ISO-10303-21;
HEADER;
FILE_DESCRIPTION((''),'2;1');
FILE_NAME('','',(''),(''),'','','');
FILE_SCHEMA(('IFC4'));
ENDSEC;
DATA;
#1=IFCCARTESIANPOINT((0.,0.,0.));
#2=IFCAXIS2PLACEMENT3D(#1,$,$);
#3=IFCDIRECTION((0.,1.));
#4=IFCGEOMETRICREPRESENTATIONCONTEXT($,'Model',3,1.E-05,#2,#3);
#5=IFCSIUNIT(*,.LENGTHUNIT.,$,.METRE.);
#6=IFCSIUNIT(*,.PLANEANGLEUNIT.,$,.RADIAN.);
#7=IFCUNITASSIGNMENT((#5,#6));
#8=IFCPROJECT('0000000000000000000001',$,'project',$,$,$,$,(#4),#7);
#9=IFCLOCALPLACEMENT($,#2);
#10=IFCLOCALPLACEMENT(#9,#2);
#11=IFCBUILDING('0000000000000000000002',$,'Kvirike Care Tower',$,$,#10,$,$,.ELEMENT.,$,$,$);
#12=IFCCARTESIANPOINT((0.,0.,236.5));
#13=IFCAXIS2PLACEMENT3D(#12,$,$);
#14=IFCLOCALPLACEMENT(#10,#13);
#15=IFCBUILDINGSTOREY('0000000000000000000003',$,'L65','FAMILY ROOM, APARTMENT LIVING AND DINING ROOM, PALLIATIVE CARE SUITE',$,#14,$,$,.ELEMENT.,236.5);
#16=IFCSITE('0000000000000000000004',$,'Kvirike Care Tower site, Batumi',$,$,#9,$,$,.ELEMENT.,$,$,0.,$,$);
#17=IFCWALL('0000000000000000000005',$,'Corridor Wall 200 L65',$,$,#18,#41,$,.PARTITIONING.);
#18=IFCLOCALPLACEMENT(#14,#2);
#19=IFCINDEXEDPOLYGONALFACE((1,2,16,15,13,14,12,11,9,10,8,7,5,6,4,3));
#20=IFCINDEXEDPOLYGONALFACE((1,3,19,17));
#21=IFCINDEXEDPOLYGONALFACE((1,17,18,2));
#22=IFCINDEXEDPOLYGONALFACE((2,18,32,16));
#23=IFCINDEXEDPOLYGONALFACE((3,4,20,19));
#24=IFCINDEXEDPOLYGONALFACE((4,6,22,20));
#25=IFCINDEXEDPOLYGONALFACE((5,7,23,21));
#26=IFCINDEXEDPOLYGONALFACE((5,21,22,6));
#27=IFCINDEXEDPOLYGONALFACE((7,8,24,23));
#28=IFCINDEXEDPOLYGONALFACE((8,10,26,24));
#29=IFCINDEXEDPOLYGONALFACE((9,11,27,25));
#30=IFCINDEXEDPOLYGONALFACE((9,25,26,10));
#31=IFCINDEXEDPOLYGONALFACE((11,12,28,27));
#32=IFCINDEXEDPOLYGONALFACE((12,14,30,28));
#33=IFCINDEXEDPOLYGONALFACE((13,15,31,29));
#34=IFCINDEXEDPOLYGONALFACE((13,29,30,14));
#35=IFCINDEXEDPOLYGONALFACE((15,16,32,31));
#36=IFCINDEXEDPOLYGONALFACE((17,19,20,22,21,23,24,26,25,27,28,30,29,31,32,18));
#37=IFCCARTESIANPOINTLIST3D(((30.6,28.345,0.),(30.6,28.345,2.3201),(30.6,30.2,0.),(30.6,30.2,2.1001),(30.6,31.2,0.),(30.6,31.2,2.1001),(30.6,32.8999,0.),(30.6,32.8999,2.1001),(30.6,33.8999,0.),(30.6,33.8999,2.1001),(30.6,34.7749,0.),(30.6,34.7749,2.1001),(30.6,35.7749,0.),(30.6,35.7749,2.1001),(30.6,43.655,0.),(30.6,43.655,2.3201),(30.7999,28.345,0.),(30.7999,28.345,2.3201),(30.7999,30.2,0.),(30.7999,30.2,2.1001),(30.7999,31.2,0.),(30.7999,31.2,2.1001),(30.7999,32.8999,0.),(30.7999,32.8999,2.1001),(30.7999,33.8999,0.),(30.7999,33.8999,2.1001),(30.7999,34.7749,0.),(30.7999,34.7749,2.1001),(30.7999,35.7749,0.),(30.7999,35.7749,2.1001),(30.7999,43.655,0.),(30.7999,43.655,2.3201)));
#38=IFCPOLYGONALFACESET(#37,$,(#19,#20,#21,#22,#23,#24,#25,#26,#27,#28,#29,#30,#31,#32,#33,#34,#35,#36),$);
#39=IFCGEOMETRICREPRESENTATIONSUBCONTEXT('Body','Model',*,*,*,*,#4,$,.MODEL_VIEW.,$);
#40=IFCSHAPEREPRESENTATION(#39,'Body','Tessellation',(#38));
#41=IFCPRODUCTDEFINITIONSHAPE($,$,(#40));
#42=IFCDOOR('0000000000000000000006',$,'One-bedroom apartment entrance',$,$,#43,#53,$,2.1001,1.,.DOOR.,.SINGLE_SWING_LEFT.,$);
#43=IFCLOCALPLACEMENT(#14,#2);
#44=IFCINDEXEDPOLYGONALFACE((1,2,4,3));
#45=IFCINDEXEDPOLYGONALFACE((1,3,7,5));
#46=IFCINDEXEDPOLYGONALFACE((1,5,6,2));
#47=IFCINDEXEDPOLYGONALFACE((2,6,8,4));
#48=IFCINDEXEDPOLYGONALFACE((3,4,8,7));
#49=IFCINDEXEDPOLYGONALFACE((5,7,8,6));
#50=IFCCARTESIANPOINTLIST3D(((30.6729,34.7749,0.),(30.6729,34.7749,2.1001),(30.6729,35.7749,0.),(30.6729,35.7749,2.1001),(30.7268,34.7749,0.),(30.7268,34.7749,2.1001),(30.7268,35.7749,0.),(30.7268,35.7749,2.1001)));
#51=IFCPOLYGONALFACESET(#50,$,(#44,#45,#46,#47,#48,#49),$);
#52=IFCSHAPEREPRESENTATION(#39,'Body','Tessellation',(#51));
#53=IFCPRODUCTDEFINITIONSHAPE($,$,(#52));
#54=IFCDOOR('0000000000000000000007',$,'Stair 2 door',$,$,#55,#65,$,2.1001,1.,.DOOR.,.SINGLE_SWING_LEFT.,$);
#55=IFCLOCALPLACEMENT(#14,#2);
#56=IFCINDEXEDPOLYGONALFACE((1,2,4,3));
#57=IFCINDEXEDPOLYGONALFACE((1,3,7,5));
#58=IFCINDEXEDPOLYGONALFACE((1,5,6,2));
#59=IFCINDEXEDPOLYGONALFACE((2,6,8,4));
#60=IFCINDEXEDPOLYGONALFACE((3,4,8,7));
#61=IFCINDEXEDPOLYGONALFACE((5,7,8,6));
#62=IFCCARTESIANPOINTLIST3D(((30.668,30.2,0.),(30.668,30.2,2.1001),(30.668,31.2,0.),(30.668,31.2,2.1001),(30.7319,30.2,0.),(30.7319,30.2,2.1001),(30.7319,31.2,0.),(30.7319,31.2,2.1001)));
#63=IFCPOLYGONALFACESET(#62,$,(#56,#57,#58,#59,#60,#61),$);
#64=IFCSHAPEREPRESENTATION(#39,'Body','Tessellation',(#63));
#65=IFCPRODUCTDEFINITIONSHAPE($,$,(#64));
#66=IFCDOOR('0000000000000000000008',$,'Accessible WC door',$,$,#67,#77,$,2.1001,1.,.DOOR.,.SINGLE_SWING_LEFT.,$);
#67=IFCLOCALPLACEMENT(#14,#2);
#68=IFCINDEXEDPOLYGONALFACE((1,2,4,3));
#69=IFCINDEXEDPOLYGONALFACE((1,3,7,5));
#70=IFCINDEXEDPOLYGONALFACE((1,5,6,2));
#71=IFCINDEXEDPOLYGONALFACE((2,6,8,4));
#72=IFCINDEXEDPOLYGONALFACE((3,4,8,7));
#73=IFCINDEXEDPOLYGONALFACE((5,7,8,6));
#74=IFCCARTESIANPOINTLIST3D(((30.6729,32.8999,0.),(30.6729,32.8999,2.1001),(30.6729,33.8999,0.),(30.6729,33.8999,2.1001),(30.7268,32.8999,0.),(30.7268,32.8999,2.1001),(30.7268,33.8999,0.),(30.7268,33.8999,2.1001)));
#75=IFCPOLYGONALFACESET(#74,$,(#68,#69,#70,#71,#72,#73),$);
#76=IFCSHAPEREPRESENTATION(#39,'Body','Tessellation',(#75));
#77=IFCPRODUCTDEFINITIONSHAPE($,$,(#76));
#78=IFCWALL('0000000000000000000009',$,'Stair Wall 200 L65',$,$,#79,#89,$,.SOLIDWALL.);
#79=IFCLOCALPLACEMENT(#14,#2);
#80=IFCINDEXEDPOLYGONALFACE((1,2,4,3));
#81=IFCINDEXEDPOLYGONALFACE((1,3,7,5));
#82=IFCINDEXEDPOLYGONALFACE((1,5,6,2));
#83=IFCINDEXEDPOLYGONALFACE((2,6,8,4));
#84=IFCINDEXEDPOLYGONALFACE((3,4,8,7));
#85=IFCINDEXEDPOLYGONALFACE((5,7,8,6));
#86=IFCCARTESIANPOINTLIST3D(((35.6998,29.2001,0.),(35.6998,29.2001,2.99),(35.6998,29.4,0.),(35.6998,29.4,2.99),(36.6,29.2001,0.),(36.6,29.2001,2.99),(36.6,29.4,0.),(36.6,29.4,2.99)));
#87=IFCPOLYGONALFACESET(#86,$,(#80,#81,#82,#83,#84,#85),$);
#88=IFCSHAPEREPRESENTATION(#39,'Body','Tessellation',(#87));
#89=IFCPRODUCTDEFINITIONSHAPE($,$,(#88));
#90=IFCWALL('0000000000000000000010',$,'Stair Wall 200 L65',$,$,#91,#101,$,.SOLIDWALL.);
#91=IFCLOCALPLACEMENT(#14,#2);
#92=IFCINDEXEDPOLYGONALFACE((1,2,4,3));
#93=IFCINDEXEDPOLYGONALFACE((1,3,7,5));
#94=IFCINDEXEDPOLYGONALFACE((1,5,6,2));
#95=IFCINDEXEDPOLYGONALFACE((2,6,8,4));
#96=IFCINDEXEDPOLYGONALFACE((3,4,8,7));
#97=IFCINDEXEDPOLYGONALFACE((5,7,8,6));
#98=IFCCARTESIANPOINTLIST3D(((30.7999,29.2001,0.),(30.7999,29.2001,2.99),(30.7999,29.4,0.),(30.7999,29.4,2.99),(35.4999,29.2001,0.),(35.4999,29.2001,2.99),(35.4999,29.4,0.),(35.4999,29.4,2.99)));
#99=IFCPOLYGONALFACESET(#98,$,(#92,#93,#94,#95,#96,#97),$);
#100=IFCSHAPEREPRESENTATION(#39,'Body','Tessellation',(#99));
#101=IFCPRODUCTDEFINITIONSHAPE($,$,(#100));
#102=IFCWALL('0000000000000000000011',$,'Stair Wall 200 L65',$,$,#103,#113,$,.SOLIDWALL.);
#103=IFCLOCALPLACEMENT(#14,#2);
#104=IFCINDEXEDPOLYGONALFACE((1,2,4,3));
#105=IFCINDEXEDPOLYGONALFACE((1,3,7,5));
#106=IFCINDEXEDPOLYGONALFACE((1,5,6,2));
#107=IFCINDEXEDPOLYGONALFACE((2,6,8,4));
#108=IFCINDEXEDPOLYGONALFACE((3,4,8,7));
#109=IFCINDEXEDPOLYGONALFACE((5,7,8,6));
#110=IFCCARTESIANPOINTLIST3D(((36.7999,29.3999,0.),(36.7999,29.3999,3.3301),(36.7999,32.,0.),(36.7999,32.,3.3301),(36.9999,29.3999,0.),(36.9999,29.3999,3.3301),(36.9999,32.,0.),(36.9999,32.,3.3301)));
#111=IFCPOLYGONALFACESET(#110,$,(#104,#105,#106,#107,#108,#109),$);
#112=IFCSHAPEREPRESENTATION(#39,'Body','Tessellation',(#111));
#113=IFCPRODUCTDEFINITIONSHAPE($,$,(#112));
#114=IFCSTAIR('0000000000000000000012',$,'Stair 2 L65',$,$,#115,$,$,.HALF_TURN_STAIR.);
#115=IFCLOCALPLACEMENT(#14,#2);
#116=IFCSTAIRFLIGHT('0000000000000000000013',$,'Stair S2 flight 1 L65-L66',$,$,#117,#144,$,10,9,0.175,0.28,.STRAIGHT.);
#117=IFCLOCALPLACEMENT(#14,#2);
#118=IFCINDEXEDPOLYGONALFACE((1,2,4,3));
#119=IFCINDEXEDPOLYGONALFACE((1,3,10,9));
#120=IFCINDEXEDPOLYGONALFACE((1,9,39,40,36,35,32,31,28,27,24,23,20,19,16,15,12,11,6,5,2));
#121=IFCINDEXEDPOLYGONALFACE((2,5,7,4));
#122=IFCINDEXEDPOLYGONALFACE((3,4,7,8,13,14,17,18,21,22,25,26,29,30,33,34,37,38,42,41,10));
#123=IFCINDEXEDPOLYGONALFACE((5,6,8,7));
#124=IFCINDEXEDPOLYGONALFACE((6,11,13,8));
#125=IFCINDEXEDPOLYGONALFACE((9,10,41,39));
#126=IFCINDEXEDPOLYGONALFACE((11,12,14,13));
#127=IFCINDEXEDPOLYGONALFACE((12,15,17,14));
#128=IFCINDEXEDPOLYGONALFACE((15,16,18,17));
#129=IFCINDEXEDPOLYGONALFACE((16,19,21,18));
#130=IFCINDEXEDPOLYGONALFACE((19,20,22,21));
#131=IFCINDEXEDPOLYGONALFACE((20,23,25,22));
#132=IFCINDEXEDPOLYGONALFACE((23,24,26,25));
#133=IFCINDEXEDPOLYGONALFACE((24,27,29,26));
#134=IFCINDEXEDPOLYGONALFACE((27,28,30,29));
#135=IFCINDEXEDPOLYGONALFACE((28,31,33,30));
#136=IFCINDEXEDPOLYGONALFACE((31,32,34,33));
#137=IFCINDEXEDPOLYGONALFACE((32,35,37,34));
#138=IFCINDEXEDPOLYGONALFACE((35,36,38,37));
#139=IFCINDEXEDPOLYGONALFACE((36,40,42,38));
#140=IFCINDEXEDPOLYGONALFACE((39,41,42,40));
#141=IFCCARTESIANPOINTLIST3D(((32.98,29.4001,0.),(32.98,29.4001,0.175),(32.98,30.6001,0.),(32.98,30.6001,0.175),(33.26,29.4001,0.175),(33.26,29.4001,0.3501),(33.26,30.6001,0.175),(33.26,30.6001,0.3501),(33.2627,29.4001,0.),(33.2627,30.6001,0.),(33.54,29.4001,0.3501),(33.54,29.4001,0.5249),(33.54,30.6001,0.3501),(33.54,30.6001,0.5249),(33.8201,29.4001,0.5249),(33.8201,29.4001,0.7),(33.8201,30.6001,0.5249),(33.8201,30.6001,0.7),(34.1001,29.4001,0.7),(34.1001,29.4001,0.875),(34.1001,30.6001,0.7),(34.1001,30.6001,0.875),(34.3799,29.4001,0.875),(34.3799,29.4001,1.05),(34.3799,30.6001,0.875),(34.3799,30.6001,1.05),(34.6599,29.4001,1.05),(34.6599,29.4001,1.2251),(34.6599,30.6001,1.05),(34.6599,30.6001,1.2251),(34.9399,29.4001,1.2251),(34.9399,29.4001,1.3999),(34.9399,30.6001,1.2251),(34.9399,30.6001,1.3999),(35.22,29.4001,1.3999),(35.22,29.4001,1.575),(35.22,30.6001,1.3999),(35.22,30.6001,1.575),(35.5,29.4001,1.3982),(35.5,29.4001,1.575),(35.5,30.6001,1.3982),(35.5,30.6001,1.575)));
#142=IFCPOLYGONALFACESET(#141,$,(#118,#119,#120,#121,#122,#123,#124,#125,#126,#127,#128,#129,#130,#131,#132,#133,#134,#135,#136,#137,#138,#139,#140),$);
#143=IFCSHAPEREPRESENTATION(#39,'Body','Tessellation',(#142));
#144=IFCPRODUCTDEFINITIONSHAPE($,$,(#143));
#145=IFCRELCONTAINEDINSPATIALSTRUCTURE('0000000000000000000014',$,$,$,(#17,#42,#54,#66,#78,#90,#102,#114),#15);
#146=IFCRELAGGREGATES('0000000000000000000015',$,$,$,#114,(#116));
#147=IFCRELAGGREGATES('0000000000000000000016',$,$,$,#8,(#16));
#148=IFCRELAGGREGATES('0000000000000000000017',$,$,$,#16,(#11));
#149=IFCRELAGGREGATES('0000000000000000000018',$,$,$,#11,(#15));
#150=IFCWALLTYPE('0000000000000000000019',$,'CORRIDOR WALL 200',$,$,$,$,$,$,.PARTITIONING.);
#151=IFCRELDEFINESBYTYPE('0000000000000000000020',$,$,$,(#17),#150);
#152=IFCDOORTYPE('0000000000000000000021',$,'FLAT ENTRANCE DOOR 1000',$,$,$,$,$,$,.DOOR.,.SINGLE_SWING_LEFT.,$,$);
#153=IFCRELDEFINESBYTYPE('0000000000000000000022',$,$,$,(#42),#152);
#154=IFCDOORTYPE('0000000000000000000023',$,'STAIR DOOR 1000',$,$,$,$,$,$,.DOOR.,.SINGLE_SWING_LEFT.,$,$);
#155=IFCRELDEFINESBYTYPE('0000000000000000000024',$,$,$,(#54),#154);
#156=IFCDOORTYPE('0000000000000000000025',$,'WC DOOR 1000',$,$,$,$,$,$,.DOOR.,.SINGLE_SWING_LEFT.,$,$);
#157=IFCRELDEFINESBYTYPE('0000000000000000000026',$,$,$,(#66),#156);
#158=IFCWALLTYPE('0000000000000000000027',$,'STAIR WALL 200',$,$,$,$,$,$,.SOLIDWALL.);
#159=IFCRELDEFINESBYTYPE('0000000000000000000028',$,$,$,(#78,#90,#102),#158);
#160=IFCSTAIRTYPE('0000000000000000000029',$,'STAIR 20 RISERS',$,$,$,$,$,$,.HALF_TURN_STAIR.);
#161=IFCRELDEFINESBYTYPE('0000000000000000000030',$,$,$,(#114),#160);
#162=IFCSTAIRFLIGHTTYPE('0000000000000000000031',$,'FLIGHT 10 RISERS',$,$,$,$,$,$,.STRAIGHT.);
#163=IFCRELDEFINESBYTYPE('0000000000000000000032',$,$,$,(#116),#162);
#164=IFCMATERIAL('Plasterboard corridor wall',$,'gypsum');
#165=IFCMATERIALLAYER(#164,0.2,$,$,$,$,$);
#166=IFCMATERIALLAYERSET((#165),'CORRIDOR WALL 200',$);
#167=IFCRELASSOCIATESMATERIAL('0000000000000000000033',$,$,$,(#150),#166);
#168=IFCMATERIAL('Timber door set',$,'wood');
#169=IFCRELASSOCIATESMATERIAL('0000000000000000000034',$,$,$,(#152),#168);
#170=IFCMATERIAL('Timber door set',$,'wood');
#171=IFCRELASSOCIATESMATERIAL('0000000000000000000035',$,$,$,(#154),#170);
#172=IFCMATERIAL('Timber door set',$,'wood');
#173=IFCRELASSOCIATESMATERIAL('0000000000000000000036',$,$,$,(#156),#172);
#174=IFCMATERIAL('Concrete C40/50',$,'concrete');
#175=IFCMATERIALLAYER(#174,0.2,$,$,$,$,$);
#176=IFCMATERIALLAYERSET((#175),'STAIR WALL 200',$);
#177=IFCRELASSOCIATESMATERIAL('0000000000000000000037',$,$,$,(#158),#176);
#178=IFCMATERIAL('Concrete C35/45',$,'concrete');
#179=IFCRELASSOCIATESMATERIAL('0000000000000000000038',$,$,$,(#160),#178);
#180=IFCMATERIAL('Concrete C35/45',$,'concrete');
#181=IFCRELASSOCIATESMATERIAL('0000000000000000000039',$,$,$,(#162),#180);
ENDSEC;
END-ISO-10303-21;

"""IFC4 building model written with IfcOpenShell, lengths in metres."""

from ifc_helpers import new_model, si_unit, direction, frame, frame_2d, origin, place, context, subcontext, project, spatial, polyline, rectangle, outline, extrude, material, layer, layer_set, type_object, element, fill, aggregate, save


model = new_model("IFC4")

# Units and contexts
model_context = context("Model", 3, precision=1e-05, world=origin(), true_north=direction((0.0, 1.0)))
body_context = subcontext(model_context, "Body", "Model", "MODEL_VIEW")
ifc_project = project(units=[si_unit("LENGTHUNIT", "METRE"), si_unit("PLANEANGLEUNIT", "RADIAN")], contexts=[model_context])

# Site, building, storey
site_placement = place(None, origin())
site = spatial("IfcSite", under=ifc_project, at=site_placement, Name="Kvirike Care Tower site, Batumi", CompositionType="ELEMENT", RefElevation=0.0)
building_placement = place(site_placement, origin())
building = spatial("IfcBuilding", under=site, at=building_placement, Name="Kvirike Care Tower", CompositionType="ELEMENT")
storey_placement = place(building_placement, frame((0.0, 0.0, 236.5)))
storey = spatial("IfcBuildingStorey", under=building, at=storey_placement, Name="L65", Description="FAMILY ROOM, APARTMENT LIVING AND DINING ROOM, PALLIATIVE CARE SUITE", CompositionType="ELEMENT", Elevation=236.5)

# Wall, openings, doors
ifc_material_1 = material(Name="Plasterboard corridor wall", Category="gypsum")
ifc_layer_1 = layer(ifc_material_1, 0.2)
ifc_layer_set_1 = layer_set([ifc_layer_1], Name="CORRIDOR WALL 200")
wall_type_1 = type_object("IfcWallType", Name="CORRIDOR WALL 200", PredefinedType="PARTITIONING", material=ifc_layer_set_1)
wall_1_placement = place(storey_placement, frame((30.7, 28.345, 0.0), z_axis=(0.0, 0.0, 1.0), x_axis=(0.0, 1.0, 0.0)))
wall_1 = element("IfcWall", 1, at=wall_1_placement, inside=storey, type_object=wall_type_1, Name="Corridor Wall 200 L65", PredefinedType="PARTITIONING", context=body_context, shape_type="SweptSolid", body=[
    extrude(rectangle(XDim=15.3101, YDim=0.2, at=frame_2d((7.655, 0.0))), origin(), (0.0, 0.0, 1.0), 2.3201),
])
opening_1_placement = place(wall_1_placement, frame((1.855, 0.0, 0.0)))
opening_1 = element("IfcOpeningElement", 2, at=opening_1_placement, cuts=wall_1, PredefinedType="OPENING", context=body_context, shape_type="SweptSolid", body=[
    extrude(rectangle(XDim=1.0, YDim=2.1001, at=frame_2d((0.5, 1.05))), frame((0.0, 0.1106, 0.0), z_axis=(0.0, -1.0, 0.0), x_axis=(1.0, 0.0, 0.0)), (0.0, 0.0, 1.0), 0.2209),
])
opening_2_placement = place(wall_1_placement, frame((4.5549, 0.0, 0.0)))
opening_2 = element("IfcOpeningElement", 3, at=opening_2_placement, cuts=wall_1, PredefinedType="OPENING", context=body_context, shape_type="SweptSolid", body=[
    extrude(rectangle(XDim=1.0, YDim=2.1001, at=frame_2d((0.5, 1.05))), frame((0.0, 0.1106, 0.0), z_axis=(0.0, -1.0, 0.0), x_axis=(1.0, 0.0, 0.0)), (0.0, 0.0, 1.0), 0.2209),
])
opening_3_placement = place(wall_1_placement, frame((6.4299, 0.0, 0.0)))
opening_3 = element("IfcOpeningElement", 4, at=opening_3_placement, cuts=wall_1, PredefinedType="OPENING", context=body_context, shape_type="SweptSolid", body=[
    extrude(rectangle(XDim=1.0, YDim=2.1001, at=frame_2d((0.5, 1.05))), frame((0.0, 0.1106, 0.0), z_axis=(0.0, -1.0, 0.0), x_axis=(1.0, 0.0, 0.0)), (0.0, 0.0, 1.0), 0.2209),
])
ifc_material_2 = material(Name="Timber door set", Category="wood")
door_type_1 = type_object("IfcDoorType", Name="FLAT ENTRANCE DOOR 1000", OperationType="SINGLE_SWING_LEFT", PredefinedType="DOOR", material=ifc_material_2)
door_1_placement = place(opening_3_placement, frame((1.0, 0.0, 0.0), z_axis=(0.0, 0.0, 1.0), x_axis=(-1.0, 0.0, 0.0)))
door_1 = element("IfcDoor", 5, at=door_1_placement, inside=storey, type_object=door_type_1, Name="One-bedroom apartment entrance", OperationType="SINGLE_SWING_LEFT", OverallHeight=2.1001, OverallWidth=1.0, PredefinedType="DOOR", context=body_context, shape_type="SweptSolid", body=[
    extrude(rectangle(XDim=1.0, YDim=2.1001, at=frame_2d((0.5, 1.05))), frame((0.0, 0.0269, 0.0), z_axis=(0.0, -1.0, 0.0), x_axis=(1.0, 0.0, 0.0)), (0.0, 0.0, 1.0), 0.054),
])
fill(opening_3, door_1)
ifc_material_3 = material(Name="Timber door set", Category="wood")
door_type_2 = type_object("IfcDoorType", Name="STAIR DOOR 1000", OperationType="SINGLE_SWING_LEFT", PredefinedType="DOOR", material=ifc_material_3)
door_2_placement = place(opening_1_placement, frame((1.0, 0.0, 0.0), z_axis=(0.0, 0.0, 1.0), x_axis=(-1.0, 0.0, 0.0)))
door_2 = element("IfcDoor", 6, at=door_2_placement, inside=storey, type_object=door_type_2, Name="Stair 2 door", OperationType="SINGLE_SWING_LEFT", OverallHeight=2.1001, OverallWidth=1.0, PredefinedType="DOOR", context=body_context, shape_type="SweptSolid", body=[
    extrude(rectangle(XDim=1.0, YDim=2.1001, at=frame_2d((0.5, 1.05))), frame((0.0, 0.032, 0.0), z_axis=(0.0, -1.0, 0.0), x_axis=(1.0, 0.0, 0.0)), (0.0, 0.0, 1.0), 0.064),
])
fill(opening_1, door_2)
ifc_material_4 = material(Name="Timber door set", Category="wood")
door_type_3 = type_object("IfcDoorType", Name="WC DOOR 1000", OperationType="SINGLE_SWING_LEFT", PredefinedType="DOOR", material=ifc_material_4)
door_3_placement = place(opening_2_placement, frame((1.0, 0.0, 0.0), z_axis=(0.0, 0.0, 1.0), x_axis=(-1.0, 0.0, 0.0)))
door_3 = element("IfcDoor", 7, at=door_3_placement, inside=storey, type_object=door_type_3, Name="Accessible WC door", OperationType="SINGLE_SWING_LEFT", OverallHeight=2.1001, OverallWidth=1.0, PredefinedType="DOOR", context=body_context, shape_type="SweptSolid", body=[
    extrude(rectangle(XDim=1.0, YDim=2.1001, at=frame_2d((0.5, 1.05))), frame((0.0, 0.0269, 0.0), z_axis=(0.0, -1.0, 0.0), x_axis=(1.0, 0.0, 0.0)), (0.0, 0.0, 1.0), 0.054),
])
fill(opening_2, door_3)

# Walls
ifc_material_5 = material(Name="Concrete C40/50", Category="concrete")
ifc_layer_2 = layer(ifc_material_5, 0.2)
ifc_layer_set_2 = layer_set([ifc_layer_2], Name="STAIR WALL 200")
wall_type_2 = type_object("IfcWallType", Name="STAIR WALL 200", PredefinedType="SOLIDWALL", material=ifc_layer_set_2)
wall_2_placement = place(storey_placement, frame((36.6001, 29.3, 0.0), z_axis=(0.0, 0.0, 1.0), x_axis=(-1.0, 0.0, 0.0)))
element("IfcWall", 8, at=wall_2_placement, inside=storey, type_object=wall_type_2, Name="Stair Wall 200 L65", PredefinedType="SOLIDWALL", context=body_context, shape_type="SweptSolid", body=[
    extrude(rectangle(XDim=0.9001, YDim=0.2, at=frame_2d((0.4502, 0.0))), origin(), (0.0, 0.0, 1.0), 2.99),
])
wall_3_placement = place(storey_placement, frame((35.5, 29.3, 0.0), z_axis=(0.0, 0.0, 1.0), x_axis=(-1.0, 0.0, 0.0)))
element("IfcWall", 9, at=wall_3_placement, inside=storey, type_object=wall_type_2, Name="Stair Wall 200 L65", PredefinedType="SOLIDWALL", context=body_context, shape_type="SweptSolid", body=[
    extrude(rectangle(XDim=4.7, YDim=0.2, at=frame_2d((2.3501, 0.0))), origin(), (0.0, 0.0, 1.0), 2.99),
])
wall_4_placement = place(storey_placement, frame((36.8999, 29.3999, 0.0), z_axis=(0.0, 0.0, 1.0), x_axis=(0.0, 1.0, 0.0)))
element("IfcWall", 10, at=wall_4_placement, inside=storey, type_object=wall_type_2, Name="Stair Wall 200 L65", PredefinedType="SOLIDWALL", context=body_context, shape_type="SweptSolid", body=[
    extrude(rectangle(XDim=2.6001, YDim=0.2, at=frame_2d((1.3, 0.0))), origin(), (0.0, 0.0, 1.0), 3.3301),
])

# Stair, stair flight
ifc_material_6 = material(Name="Concrete C35/45", Category="concrete")
stair_type = type_object("IfcStairType", Name="STAIR 20 RISERS", PredefinedType="HALF_TURN_STAIR", material=ifc_material_6)
stair_placement = place(storey_placement, origin())
stair = element("IfcStair", 11, at=stair_placement, inside=storey, type_object=stair_type, Name="Stair 2 L65", PredefinedType="HALF_TURN_STAIR")
ifc_material_7 = material(Name="Concrete C35/45", Category="concrete")
stair_flight_type = type_object("IfcStairFlightType", Name="FLIGHT 10 RISERS", PredefinedType="STRAIGHT", material=ifc_material_7)
stair_flight_placement = place(storey_placement, frame((32.98, 30.0, 0.0), z_axis=(0.0, 0.0, 1.0), x_axis=(1.0, 0.0, 0.0)))
stair_flight = element("IfcStairFlight", 12, at=stair_flight_placement, type_object=stair_flight_type, Name="Stair S2 flight 1 L65-L66", NumberOfRisers=10, NumberOfTreads=9, PredefinedType="STRAIGHT", RiserHeight=0.175, TreadLength=0.28, context=body_context, shape_type="SweptSolid", body=[
    extrude(outline(polyline([(0.0, 0.0), (0.0, 0.175), (0.28, 0.175), (0.28, 0.3501), (0.5601, 0.3501), (0.5601, 0.5249), (0.8401, 0.5249), (0.8401, 0.7), (1.1201, 0.7), (1.1201, 0.875), (1.3999, 0.875), (1.3999, 1.05), (1.6799, 1.05), (1.6799, 1.2251), (1.96, 1.2251), (1.96, 1.3999), (2.24, 1.3999), (2.24, 1.575), (2.52, 1.575), (2.52, 1.75), (2.52, 1.3982), (0.2827, 0.0), (0.0, 0.0)])), frame((0.0, 0.6001, 0.0), z_axis=(0.0, -1.0, 0.0), x_axis=(1.0, 0.0, 0.0)), (0.0, 0.0, 1.0), 1.2),
])
aggregate(stair, [stair_flight])

save(model, "model.ifc")
